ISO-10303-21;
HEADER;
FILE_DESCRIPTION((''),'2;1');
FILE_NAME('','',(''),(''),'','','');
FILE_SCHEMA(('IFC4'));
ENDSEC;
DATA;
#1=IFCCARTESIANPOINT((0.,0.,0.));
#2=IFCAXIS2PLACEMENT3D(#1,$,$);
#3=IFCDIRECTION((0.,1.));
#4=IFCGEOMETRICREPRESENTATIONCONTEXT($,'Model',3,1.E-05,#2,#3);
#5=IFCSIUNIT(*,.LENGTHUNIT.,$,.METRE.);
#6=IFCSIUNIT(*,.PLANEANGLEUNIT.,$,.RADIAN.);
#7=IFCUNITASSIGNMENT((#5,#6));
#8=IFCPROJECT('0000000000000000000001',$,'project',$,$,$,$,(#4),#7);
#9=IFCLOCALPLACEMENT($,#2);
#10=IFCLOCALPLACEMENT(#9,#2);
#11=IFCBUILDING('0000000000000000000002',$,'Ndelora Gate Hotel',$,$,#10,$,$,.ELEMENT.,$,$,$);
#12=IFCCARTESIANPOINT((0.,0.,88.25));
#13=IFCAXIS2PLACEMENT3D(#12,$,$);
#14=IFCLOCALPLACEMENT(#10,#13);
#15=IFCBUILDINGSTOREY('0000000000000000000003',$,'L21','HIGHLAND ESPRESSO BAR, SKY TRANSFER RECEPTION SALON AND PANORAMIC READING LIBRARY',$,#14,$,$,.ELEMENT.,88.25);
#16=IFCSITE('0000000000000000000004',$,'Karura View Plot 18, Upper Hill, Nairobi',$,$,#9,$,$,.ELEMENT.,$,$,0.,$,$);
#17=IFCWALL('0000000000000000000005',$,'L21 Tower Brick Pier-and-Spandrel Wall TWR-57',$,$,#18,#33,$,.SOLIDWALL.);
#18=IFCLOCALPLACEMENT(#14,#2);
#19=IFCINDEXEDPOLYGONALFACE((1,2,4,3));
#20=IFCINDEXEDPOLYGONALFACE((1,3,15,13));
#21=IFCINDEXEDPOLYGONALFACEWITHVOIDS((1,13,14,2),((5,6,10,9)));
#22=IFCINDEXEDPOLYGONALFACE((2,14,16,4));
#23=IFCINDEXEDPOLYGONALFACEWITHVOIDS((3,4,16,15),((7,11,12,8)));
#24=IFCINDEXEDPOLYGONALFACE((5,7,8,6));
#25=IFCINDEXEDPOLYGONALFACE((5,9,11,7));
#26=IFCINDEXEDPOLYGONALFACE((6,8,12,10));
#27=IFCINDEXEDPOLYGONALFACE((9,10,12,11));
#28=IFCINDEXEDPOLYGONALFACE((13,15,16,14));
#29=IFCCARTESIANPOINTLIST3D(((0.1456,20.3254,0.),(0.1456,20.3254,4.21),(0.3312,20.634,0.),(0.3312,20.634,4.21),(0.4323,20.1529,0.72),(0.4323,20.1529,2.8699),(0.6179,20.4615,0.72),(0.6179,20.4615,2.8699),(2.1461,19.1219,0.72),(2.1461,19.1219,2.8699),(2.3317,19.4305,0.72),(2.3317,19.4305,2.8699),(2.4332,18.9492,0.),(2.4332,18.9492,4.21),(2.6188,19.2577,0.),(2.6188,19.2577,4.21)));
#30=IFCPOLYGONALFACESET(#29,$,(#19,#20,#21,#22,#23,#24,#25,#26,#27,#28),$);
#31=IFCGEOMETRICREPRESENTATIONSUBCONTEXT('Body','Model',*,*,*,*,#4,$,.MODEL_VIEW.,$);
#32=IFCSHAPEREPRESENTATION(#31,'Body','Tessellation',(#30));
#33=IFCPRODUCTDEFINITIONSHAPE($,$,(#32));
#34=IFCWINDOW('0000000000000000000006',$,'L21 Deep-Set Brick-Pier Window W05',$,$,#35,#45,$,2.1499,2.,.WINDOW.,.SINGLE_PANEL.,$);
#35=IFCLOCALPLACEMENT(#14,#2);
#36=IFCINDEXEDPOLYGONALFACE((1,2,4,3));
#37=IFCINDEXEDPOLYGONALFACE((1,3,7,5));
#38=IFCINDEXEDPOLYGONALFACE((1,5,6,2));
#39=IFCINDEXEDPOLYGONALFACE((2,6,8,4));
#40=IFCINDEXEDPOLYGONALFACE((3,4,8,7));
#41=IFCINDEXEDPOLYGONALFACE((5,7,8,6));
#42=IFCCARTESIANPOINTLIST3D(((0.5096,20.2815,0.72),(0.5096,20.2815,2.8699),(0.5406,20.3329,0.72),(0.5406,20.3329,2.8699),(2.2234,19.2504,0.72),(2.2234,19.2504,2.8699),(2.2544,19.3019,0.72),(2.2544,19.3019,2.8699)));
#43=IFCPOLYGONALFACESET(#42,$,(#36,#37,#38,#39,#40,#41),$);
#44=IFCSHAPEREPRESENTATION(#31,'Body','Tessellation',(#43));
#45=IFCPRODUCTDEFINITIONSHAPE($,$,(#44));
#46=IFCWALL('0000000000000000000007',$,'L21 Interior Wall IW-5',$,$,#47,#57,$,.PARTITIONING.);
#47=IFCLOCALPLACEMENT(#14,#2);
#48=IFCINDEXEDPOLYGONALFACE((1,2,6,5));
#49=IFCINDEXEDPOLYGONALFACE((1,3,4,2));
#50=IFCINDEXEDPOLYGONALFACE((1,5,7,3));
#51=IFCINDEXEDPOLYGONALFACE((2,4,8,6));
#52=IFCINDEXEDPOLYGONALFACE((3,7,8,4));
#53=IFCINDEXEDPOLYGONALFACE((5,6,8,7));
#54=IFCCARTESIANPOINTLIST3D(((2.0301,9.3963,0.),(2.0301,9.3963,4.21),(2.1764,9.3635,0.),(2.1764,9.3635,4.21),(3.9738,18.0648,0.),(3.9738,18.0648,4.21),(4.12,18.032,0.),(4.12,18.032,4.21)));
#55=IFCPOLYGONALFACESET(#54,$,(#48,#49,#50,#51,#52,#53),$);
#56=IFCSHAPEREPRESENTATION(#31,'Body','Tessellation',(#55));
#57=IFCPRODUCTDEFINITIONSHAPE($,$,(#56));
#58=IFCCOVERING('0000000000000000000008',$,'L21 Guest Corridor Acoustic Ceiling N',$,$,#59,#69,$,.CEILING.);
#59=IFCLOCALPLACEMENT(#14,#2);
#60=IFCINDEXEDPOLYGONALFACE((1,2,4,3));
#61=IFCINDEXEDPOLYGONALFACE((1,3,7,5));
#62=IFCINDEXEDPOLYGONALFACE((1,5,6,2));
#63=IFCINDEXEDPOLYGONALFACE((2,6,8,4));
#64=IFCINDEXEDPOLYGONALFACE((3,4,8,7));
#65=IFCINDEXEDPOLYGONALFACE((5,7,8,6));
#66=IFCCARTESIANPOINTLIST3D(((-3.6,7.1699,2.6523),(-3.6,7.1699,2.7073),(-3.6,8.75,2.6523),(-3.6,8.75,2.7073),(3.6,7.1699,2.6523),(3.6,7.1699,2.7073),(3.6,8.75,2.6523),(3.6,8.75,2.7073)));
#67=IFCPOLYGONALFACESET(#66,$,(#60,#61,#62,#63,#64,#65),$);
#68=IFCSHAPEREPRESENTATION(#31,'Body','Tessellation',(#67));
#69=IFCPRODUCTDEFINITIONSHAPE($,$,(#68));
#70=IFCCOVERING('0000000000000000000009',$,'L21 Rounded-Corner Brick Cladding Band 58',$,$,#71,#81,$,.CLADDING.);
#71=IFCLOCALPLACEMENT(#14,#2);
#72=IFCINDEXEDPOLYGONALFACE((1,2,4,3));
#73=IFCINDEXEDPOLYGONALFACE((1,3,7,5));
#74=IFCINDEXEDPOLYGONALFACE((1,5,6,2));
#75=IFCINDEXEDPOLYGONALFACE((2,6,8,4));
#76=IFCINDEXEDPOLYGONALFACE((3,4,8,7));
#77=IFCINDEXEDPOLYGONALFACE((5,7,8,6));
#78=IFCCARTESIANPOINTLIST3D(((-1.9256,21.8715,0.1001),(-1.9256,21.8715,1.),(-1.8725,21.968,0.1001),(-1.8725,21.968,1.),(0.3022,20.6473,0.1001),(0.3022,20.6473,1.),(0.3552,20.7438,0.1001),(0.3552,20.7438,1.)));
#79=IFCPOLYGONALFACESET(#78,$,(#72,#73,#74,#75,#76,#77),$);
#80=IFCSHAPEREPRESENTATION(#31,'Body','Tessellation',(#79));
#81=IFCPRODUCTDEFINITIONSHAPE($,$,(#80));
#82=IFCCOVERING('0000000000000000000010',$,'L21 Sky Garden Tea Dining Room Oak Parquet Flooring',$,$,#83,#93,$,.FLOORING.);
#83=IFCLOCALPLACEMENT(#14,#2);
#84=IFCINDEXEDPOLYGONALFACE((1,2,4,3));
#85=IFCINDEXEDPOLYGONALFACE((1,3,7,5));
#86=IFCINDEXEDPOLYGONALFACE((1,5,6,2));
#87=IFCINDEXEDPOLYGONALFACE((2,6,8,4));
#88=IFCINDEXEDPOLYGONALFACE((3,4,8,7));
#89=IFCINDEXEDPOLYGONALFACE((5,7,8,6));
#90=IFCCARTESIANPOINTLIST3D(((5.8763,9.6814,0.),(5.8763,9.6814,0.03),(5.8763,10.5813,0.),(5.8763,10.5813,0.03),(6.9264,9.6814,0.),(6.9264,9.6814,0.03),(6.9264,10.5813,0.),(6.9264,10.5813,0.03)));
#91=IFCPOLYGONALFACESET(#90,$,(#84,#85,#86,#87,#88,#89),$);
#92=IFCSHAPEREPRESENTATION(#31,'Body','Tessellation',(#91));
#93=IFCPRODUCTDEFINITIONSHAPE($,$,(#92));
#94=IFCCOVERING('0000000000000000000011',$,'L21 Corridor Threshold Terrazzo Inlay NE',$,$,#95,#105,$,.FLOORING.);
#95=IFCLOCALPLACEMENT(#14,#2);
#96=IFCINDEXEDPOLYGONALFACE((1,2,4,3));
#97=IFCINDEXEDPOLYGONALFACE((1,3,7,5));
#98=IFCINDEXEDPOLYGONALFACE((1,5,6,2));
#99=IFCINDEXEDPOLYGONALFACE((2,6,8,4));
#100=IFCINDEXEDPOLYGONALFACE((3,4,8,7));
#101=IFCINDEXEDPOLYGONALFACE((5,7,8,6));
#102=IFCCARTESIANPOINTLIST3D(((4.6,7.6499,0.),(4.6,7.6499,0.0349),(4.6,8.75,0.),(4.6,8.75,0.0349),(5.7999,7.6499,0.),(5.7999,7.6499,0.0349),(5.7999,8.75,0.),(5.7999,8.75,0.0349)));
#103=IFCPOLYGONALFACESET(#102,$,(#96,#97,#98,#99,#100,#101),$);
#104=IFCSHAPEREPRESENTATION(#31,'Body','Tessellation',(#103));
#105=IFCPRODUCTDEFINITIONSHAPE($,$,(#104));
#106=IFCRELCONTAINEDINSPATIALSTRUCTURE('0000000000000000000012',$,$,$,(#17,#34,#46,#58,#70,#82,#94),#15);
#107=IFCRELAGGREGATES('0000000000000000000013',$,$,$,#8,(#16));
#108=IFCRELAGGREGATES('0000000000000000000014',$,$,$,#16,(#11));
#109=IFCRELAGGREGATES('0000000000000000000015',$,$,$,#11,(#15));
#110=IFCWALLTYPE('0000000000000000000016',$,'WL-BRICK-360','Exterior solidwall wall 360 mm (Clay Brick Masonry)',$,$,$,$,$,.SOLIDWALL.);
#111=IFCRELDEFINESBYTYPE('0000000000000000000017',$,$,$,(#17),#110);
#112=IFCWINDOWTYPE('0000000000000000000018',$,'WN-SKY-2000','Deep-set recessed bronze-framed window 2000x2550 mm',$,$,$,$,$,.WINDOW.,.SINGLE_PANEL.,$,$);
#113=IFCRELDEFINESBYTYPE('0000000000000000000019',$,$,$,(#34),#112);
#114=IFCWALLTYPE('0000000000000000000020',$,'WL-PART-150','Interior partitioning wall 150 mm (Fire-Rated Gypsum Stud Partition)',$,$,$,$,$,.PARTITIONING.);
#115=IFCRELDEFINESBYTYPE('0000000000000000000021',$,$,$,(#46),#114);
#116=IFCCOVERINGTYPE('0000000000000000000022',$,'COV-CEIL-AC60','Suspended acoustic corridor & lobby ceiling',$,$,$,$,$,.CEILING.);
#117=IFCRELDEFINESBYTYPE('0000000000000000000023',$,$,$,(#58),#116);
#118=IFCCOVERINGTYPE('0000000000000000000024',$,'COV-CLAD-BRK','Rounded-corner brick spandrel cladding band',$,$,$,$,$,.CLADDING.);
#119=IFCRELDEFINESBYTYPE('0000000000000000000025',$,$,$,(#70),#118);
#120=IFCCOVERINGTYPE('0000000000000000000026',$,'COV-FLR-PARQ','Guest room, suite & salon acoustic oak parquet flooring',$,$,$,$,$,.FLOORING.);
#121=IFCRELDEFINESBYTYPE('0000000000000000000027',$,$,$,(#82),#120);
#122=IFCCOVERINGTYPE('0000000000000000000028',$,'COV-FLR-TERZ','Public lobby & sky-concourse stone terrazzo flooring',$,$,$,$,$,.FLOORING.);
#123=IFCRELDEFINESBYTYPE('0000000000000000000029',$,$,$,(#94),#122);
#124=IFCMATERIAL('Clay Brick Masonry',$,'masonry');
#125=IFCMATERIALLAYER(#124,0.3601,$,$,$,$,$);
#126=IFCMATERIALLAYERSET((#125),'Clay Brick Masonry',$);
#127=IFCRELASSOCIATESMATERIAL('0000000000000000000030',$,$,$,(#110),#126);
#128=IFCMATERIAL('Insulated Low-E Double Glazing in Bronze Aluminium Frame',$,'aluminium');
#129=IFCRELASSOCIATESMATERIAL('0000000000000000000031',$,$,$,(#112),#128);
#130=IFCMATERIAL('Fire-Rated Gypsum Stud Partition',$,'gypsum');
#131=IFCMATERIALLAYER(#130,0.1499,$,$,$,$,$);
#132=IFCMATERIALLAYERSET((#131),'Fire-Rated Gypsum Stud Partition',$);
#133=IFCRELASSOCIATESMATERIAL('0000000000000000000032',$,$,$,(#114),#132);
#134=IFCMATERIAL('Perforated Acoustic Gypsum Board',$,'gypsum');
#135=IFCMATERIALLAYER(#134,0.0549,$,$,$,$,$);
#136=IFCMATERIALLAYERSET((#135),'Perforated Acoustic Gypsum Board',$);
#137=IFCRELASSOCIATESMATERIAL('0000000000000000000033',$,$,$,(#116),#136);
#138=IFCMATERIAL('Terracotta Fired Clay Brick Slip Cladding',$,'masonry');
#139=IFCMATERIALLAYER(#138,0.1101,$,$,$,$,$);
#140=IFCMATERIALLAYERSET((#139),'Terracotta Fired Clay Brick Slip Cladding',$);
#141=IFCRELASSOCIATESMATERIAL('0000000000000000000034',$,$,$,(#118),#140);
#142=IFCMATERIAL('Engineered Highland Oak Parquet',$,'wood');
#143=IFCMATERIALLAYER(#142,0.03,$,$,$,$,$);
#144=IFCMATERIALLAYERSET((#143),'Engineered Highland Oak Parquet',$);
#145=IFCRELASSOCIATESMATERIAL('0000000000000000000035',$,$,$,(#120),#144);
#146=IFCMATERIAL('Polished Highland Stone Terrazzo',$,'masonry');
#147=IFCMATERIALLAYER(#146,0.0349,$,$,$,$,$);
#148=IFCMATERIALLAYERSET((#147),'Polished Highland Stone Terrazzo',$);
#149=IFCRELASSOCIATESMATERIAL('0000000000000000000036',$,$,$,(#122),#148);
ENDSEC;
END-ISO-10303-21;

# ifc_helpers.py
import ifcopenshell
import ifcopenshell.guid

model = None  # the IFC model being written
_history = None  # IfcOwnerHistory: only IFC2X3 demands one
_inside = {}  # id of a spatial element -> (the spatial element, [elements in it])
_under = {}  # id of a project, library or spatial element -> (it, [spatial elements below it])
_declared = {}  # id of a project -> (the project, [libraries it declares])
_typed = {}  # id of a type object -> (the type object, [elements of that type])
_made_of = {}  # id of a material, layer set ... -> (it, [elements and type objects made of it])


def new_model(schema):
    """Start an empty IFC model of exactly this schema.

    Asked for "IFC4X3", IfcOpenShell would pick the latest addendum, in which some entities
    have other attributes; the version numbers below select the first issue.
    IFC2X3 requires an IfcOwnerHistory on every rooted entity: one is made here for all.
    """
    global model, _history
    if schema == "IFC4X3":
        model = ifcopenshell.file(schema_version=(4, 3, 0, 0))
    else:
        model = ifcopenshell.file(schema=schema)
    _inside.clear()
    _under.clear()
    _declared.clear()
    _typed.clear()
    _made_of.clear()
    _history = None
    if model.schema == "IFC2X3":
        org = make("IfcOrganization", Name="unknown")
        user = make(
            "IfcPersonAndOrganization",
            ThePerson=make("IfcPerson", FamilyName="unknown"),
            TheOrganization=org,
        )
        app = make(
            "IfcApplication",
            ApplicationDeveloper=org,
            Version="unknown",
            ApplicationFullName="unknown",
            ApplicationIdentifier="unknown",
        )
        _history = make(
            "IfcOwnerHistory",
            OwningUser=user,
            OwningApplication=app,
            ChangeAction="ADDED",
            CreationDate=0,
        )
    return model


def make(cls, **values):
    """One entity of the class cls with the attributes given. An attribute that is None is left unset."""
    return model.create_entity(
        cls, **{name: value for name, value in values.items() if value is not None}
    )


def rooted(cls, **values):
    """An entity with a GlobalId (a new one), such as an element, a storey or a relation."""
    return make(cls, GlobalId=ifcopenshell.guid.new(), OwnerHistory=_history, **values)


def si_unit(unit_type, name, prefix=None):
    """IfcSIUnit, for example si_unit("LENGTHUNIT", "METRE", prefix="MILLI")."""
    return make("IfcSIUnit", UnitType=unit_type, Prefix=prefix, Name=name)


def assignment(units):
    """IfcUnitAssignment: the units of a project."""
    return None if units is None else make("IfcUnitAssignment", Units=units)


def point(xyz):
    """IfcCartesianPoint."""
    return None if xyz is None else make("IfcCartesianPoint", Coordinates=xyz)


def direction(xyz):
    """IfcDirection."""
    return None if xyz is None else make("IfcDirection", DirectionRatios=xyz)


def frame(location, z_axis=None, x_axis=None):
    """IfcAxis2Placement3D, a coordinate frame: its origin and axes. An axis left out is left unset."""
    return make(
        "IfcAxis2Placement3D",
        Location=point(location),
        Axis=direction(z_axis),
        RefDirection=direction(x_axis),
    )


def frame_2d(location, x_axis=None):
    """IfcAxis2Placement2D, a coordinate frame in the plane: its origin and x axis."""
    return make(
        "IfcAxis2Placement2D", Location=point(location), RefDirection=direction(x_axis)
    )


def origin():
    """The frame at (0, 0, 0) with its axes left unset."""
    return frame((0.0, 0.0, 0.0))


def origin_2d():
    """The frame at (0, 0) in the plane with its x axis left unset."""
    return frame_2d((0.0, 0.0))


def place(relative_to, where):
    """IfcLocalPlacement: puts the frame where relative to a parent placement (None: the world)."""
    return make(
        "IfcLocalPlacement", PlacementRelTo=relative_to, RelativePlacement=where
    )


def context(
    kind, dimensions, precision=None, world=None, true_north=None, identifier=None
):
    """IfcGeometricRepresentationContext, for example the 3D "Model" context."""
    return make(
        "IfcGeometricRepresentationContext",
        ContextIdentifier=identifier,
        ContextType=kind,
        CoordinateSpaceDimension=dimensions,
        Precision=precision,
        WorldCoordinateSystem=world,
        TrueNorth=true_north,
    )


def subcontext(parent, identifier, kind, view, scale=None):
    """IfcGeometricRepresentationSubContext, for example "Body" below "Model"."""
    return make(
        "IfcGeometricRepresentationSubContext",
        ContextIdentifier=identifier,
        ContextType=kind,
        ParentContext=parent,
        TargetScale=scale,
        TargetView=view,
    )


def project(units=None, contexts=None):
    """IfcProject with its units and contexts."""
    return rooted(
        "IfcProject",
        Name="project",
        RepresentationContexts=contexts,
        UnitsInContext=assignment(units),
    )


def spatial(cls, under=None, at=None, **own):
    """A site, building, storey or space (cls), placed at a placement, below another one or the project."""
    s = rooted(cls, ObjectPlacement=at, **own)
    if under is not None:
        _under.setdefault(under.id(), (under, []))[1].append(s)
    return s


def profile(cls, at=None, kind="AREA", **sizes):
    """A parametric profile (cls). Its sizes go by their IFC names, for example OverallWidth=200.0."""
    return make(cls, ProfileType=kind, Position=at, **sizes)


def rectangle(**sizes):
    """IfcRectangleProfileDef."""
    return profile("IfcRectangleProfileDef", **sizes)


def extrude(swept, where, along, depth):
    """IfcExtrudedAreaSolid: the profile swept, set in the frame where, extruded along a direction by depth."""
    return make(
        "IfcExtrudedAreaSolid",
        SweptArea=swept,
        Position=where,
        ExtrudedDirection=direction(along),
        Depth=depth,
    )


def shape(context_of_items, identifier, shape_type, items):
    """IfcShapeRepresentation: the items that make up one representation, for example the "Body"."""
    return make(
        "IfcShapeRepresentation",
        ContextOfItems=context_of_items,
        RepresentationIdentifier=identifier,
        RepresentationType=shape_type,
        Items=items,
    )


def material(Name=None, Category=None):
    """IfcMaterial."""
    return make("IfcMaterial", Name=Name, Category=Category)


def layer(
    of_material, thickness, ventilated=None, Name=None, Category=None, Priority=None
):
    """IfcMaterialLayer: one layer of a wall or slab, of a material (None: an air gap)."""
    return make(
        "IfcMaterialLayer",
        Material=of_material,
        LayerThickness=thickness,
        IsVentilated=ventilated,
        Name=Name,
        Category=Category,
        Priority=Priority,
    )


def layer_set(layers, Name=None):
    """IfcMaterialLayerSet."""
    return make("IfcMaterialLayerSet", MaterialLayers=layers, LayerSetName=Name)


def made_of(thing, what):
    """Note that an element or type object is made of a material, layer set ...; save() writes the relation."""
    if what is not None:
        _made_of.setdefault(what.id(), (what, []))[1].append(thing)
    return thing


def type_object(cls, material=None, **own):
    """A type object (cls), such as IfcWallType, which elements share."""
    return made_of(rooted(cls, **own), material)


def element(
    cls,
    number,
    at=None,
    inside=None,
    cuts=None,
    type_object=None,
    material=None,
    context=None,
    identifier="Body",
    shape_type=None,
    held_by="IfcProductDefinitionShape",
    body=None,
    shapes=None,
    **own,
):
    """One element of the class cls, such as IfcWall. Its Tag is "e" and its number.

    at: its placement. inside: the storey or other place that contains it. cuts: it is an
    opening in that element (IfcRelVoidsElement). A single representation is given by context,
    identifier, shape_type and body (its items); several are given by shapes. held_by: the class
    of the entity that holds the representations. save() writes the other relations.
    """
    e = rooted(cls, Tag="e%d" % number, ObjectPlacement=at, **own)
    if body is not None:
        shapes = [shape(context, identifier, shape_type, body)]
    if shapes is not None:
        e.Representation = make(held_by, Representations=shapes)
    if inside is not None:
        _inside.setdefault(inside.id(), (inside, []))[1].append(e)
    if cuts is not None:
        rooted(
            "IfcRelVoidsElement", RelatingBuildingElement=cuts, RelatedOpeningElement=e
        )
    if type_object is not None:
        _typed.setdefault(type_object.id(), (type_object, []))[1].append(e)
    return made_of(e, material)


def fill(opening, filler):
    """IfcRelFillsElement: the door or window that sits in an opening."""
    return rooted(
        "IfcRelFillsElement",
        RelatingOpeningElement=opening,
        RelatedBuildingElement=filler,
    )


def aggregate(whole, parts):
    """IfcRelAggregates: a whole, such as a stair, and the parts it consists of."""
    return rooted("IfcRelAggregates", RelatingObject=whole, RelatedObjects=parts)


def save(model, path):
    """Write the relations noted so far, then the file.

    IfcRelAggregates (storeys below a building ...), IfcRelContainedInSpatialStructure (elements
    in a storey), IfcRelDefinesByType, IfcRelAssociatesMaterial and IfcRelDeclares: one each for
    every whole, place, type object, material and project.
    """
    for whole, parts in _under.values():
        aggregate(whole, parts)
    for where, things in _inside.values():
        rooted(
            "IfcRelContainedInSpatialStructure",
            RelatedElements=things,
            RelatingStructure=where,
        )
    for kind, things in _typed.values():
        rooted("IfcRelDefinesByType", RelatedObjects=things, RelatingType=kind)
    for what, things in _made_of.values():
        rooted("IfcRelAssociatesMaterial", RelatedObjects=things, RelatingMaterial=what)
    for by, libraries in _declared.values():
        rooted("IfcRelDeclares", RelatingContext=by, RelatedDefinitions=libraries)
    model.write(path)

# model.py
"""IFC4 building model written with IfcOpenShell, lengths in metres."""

from ifc_helpers import new_model, si_unit, direction, frame, frame_2d, origin, origin_2d, place, context, subcontext, project, spatial, rectangle, extrude, material, layer, layer_set, type_object, element, fill, save


model = new_model("IFC4")

# Units and contexts
model_context = context("Model", 3, precision=1e-05, world=origin(), true_north=direction((0.0, 1.0)))
body_context = subcontext(model_context, "Body", "Model", "MODEL_VIEW")
ifc_project = project(units=[si_unit("LENGTHUNIT", "METRE"), si_unit("PLANEANGLEUNIT", "RADIAN")], contexts=[model_context])

# Site, building, storey
site_placement = place(None, origin())
site = spatial("IfcSite", under=ifc_project, at=site_placement, Name="Karura View Plot 18, Upper Hill, Nairobi", CompositionType="ELEMENT", RefElevation=0.0)
building_placement = place(site_placement, origin())
building = spatial("IfcBuilding", under=site, at=building_placement, Name="Ndelora Gate Hotel", CompositionType="ELEMENT")
storey_placement = place(building_placement, frame((0.0, 0.0, 88.25)))
storey = spatial("IfcBuildingStorey", under=building, at=storey_placement, Name="L21", Description="HIGHLAND ESPRESSO BAR, SKY TRANSFER RECEPTION SALON AND PANORAMIC READING LIBRARY", CompositionType="ELEMENT", Elevation=88.25)

# Shared definitions
ifc_material_1 = material(Name="Clay Brick Masonry", Category="masonry")
ifc_layer_1 = layer(ifc_material_1, 0.3601)
ifc_layer_set_1 = layer_set([ifc_layer_1], Name="Clay Brick Masonry")
wall_type_1 = type_object("IfcWallType", Name="WL-BRICK-360", Description="Exterior solidwall wall 360 mm (Clay Brick Masonry)", PredefinedType="SOLIDWALL", material=ifc_layer_set_1)

# Wall, opening, window
ifc_material_2 = material(Name="Insulated Low-E Double Glazing in Bronze Aluminium Frame", Category="aluminium")
window_type = type_object("IfcWindowType", Name="WN-SKY-2000", Description="Deep-set recessed bronze-framed window 2000x2550 mm", PartitioningType="SINGLE_PANEL", PredefinedType="WINDOW", material=ifc_material_2)
wall_1_placement = place(storey_placement, frame((0.2383, 20.4797, 0.0), z_axis=(0.0, 0.0, 1.0), x_axis=(0.856887, -0.515504, 0.0)))
wall_1 = element("IfcWall", 1, at=wall_1_placement, inside=storey, type_object=wall_type_1, Name="L21 Tower Brick Pier-and-Spandrel Wall TWR-57", PredefinedType="SOLIDWALL", context=body_context, shape_type="SweptSolid", body=[
    extrude(rectangle(XDim=2.6697, YDim=0.3601, at=frame_2d((1.335, 0.0))), origin(), (0.0, 0.0, 1.0), 4.21),
])
opening_1_placement = place(wall_1_placement, frame((0.3347, 0.0, 0.72)))
opening_1 = element("IfcOpeningElement", 2, at=opening_1_placement, cuts=wall_1, PredefinedType="OPENING", context=body_context, shape_type="SweptSolid", body=[
    extrude(rectangle(XDim=2.0, YDim=2.1499, at=frame_2d((1.0, 1.075))), frame((0.0, 0.1899, 0.0), z_axis=(0.0, -1.0, 0.0), x_axis=(1.0, 0.0, 0.0)), (0.0, 0.0, 1.0), 0.3801),
])
window_1_placement = place(opening_1_placement, origin())
window_1 = element("IfcWindow", 3, at=window_1_placement, inside=storey, type_object=window_type, Name="L21 Deep-Set Brick-Pier Window W05", OverallHeight=2.1499, OverallWidth=2.0, PartitioningType="SINGLE_PANEL", PredefinedType="WINDOW", context=body_context, shape_type="SweptSolid", body=[
    extrude(rectangle(XDim=2.0, YDim=2.1499, at=frame_2d((1.0, 1.075))), frame((0.0, 0.03, 0.0), z_axis=(0.0, -1.0, 0.0), x_axis=(1.0, 0.0, 0.0)), (0.0, 0.0, 1.0), 0.0601),
])
fill(opening_1, window_1)

# Wall
ifc_material_3 = material(Name="Fire-Rated Gypsum Stud Partition", Category="gypsum")
ifc_layer_2 = layer(ifc_material_3, 0.1499)
ifc_layer_set_2 = layer_set([ifc_layer_2], Name="Fire-Rated Gypsum Stud Partition")
wall_type_2 = type_object("IfcWallType", Name="WL-PART-150", Description="Interior partitioning wall 150 mm (Fire-Rated Gypsum Stud Partition)", PredefinedType="PARTITIONING", material=ifc_layer_set_2)
wall_2_placement = place(storey_placement, frame((2.1033, 9.3799, 0.0), z_axis=(0.0, 0.0, 1.0), x_axis=(0.218784, 0.975773, 0.0)))
element("IfcWall", 4, at=wall_2_placement, inside=storey, type_object=wall_type_2, Name="L21 Interior Wall IW-5", PredefinedType="PARTITIONING", context=body_context, shape_type="SweptSolid", body=[
    extrude(rectangle(XDim=8.8838, YDim=0.1499, at=frame_2d((4.4419, 0.0))), origin(), (0.0, 0.0, 1.0), 4.21),
])

# Coverings
ifc_material_4 = material(Name="Perforated Acoustic Gypsum Board", Category="gypsum")
ifc_layer_3 = layer(ifc_material_4, 0.0549)
ifc_layer_set_3 = layer_set([ifc_layer_3], Name="Perforated Acoustic Gypsum Board")
covering_type_1 = type_object("IfcCoveringType", Name="COV-CEIL-AC60", Description="Suspended acoustic corridor & lobby ceiling", PredefinedType="CEILING", material=ifc_layer_set_3)
covering_1_placement = place(storey_placement, frame((0.0, 7.96, 2.6523), z_axis=(0.0, 0.0, 1.0), x_axis=(1.0, 0.0, 0.0)))
element("IfcCovering", 5, at=covering_1_placement, inside=storey, type_object=covering_type_1, Name="L21 Guest Corridor Acoustic Ceiling N", PredefinedType="CEILING", context=body_context, shape_type="SweptSolid", body=[
    extrude(rectangle(XDim=7.2, YDim=1.5801, at=origin_2d()), origin(), (0.0, 0.0, 1.0), 0.0549),
])
ifc_material_5 = material(Name="Terracotta Fired Clay Brick Slip Cladding", Category="masonry")
ifc_layer_4 = layer(ifc_material_5, 0.1101)
ifc_layer_set_4 = layer_set([ifc_layer_4], Name="Terracotta Fired Clay Brick Slip Cladding")
covering_type_2 = type_object("IfcCoveringType", Name="COV-CLAD-BRK", Description="Rounded-corner brick spandrel cladding band", PredefinedType="CLADDING", material=ifc_layer_set_4)
covering_2_placement = place(storey_placement, frame((-0.7852, 21.3076, 0.1001), z_axis=(0.0, 0.0, 1.0), x_axis=(-0.876391, 0.481601, 0.0)))
element("IfcCovering", 6, at=covering_2_placement, inside=storey, type_object=covering_type_2, Name="L21 Rounded-Corner Brick Cladding Band 58", PredefinedType="CLADDING", context=body_context, shape_type="SweptSolid", body=[
    extrude(rectangle(XDim=2.542, YDim=0.1101, at=origin_2d()), origin(), (0.0, 0.0, 1.0), 0.8999),
])
ifc_material_6 = material(Name="Engineered Highland Oak Parquet", Category="wood")
ifc_layer_5 = layer(ifc_material_6, 0.03)
ifc_layer_set_5 = layer_set([ifc_layer_5], Name="Engineered Highland Oak Parquet")
covering_type_3 = type_object("IfcCoveringType", Name="COV-FLR-PARQ", Description="Guest room, suite & salon acoustic oak parquet flooring", PredefinedType="FLOORING", material=ifc_layer_set_5)
covering_3_placement = place(storey_placement, frame((6.4014, 10.1313, 0.0), z_axis=(0.0, 0.0, 1.0), x_axis=(1.0, 0.0, 0.0)))
element("IfcCovering", 7, at=covering_3_placement, inside=storey, type_object=covering_type_3, Name="L21 Sky Garden Tea Dining Room Oak Parquet Flooring", PredefinedType="FLOORING", context=body_context, shape_type="SweptSolid", body=[
    extrude(rectangle(XDim=1.05, YDim=0.8999, at=origin_2d()), origin(), (0.0, 0.0, 1.0), 0.03),
])
ifc_material_7 = material(Name="Polished Highland Stone Terrazzo", Category="masonry")
ifc_layer_6 = layer(ifc_material_7, 0.0349)
ifc_layer_set_6 = layer_set([ifc_layer_6], Name="Polished Highland Stone Terrazzo")
covering_type_4 = type_object("IfcCoveringType", Name="COV-FLR-TERZ", Description="Public lobby & sky-concourse stone terrazzo flooring", PredefinedType="FLOORING", material=ifc_layer_set_6)
covering_4_placement = place(storey_placement, frame((5.2, 8.2, 0.0), z_axis=(0.0, 0.0, 1.0), x_axis=(1.0, 0.0, 0.0)))
element("IfcCovering", 8, at=covering_4_placement, inside=storey, type_object=covering_type_4, Name="L21 Corridor Threshold Terrazzo Inlay NE", PredefinedType="FLOORING", context=body_context, shape_type="SweptSolid", body=[
    extrude(rectangle(XDim=1.2, YDim=1.1001, at=origin_2d()), origin(), (0.0, 0.0, 1.0), 0.0349),
])

save(model, "model.ifc")
